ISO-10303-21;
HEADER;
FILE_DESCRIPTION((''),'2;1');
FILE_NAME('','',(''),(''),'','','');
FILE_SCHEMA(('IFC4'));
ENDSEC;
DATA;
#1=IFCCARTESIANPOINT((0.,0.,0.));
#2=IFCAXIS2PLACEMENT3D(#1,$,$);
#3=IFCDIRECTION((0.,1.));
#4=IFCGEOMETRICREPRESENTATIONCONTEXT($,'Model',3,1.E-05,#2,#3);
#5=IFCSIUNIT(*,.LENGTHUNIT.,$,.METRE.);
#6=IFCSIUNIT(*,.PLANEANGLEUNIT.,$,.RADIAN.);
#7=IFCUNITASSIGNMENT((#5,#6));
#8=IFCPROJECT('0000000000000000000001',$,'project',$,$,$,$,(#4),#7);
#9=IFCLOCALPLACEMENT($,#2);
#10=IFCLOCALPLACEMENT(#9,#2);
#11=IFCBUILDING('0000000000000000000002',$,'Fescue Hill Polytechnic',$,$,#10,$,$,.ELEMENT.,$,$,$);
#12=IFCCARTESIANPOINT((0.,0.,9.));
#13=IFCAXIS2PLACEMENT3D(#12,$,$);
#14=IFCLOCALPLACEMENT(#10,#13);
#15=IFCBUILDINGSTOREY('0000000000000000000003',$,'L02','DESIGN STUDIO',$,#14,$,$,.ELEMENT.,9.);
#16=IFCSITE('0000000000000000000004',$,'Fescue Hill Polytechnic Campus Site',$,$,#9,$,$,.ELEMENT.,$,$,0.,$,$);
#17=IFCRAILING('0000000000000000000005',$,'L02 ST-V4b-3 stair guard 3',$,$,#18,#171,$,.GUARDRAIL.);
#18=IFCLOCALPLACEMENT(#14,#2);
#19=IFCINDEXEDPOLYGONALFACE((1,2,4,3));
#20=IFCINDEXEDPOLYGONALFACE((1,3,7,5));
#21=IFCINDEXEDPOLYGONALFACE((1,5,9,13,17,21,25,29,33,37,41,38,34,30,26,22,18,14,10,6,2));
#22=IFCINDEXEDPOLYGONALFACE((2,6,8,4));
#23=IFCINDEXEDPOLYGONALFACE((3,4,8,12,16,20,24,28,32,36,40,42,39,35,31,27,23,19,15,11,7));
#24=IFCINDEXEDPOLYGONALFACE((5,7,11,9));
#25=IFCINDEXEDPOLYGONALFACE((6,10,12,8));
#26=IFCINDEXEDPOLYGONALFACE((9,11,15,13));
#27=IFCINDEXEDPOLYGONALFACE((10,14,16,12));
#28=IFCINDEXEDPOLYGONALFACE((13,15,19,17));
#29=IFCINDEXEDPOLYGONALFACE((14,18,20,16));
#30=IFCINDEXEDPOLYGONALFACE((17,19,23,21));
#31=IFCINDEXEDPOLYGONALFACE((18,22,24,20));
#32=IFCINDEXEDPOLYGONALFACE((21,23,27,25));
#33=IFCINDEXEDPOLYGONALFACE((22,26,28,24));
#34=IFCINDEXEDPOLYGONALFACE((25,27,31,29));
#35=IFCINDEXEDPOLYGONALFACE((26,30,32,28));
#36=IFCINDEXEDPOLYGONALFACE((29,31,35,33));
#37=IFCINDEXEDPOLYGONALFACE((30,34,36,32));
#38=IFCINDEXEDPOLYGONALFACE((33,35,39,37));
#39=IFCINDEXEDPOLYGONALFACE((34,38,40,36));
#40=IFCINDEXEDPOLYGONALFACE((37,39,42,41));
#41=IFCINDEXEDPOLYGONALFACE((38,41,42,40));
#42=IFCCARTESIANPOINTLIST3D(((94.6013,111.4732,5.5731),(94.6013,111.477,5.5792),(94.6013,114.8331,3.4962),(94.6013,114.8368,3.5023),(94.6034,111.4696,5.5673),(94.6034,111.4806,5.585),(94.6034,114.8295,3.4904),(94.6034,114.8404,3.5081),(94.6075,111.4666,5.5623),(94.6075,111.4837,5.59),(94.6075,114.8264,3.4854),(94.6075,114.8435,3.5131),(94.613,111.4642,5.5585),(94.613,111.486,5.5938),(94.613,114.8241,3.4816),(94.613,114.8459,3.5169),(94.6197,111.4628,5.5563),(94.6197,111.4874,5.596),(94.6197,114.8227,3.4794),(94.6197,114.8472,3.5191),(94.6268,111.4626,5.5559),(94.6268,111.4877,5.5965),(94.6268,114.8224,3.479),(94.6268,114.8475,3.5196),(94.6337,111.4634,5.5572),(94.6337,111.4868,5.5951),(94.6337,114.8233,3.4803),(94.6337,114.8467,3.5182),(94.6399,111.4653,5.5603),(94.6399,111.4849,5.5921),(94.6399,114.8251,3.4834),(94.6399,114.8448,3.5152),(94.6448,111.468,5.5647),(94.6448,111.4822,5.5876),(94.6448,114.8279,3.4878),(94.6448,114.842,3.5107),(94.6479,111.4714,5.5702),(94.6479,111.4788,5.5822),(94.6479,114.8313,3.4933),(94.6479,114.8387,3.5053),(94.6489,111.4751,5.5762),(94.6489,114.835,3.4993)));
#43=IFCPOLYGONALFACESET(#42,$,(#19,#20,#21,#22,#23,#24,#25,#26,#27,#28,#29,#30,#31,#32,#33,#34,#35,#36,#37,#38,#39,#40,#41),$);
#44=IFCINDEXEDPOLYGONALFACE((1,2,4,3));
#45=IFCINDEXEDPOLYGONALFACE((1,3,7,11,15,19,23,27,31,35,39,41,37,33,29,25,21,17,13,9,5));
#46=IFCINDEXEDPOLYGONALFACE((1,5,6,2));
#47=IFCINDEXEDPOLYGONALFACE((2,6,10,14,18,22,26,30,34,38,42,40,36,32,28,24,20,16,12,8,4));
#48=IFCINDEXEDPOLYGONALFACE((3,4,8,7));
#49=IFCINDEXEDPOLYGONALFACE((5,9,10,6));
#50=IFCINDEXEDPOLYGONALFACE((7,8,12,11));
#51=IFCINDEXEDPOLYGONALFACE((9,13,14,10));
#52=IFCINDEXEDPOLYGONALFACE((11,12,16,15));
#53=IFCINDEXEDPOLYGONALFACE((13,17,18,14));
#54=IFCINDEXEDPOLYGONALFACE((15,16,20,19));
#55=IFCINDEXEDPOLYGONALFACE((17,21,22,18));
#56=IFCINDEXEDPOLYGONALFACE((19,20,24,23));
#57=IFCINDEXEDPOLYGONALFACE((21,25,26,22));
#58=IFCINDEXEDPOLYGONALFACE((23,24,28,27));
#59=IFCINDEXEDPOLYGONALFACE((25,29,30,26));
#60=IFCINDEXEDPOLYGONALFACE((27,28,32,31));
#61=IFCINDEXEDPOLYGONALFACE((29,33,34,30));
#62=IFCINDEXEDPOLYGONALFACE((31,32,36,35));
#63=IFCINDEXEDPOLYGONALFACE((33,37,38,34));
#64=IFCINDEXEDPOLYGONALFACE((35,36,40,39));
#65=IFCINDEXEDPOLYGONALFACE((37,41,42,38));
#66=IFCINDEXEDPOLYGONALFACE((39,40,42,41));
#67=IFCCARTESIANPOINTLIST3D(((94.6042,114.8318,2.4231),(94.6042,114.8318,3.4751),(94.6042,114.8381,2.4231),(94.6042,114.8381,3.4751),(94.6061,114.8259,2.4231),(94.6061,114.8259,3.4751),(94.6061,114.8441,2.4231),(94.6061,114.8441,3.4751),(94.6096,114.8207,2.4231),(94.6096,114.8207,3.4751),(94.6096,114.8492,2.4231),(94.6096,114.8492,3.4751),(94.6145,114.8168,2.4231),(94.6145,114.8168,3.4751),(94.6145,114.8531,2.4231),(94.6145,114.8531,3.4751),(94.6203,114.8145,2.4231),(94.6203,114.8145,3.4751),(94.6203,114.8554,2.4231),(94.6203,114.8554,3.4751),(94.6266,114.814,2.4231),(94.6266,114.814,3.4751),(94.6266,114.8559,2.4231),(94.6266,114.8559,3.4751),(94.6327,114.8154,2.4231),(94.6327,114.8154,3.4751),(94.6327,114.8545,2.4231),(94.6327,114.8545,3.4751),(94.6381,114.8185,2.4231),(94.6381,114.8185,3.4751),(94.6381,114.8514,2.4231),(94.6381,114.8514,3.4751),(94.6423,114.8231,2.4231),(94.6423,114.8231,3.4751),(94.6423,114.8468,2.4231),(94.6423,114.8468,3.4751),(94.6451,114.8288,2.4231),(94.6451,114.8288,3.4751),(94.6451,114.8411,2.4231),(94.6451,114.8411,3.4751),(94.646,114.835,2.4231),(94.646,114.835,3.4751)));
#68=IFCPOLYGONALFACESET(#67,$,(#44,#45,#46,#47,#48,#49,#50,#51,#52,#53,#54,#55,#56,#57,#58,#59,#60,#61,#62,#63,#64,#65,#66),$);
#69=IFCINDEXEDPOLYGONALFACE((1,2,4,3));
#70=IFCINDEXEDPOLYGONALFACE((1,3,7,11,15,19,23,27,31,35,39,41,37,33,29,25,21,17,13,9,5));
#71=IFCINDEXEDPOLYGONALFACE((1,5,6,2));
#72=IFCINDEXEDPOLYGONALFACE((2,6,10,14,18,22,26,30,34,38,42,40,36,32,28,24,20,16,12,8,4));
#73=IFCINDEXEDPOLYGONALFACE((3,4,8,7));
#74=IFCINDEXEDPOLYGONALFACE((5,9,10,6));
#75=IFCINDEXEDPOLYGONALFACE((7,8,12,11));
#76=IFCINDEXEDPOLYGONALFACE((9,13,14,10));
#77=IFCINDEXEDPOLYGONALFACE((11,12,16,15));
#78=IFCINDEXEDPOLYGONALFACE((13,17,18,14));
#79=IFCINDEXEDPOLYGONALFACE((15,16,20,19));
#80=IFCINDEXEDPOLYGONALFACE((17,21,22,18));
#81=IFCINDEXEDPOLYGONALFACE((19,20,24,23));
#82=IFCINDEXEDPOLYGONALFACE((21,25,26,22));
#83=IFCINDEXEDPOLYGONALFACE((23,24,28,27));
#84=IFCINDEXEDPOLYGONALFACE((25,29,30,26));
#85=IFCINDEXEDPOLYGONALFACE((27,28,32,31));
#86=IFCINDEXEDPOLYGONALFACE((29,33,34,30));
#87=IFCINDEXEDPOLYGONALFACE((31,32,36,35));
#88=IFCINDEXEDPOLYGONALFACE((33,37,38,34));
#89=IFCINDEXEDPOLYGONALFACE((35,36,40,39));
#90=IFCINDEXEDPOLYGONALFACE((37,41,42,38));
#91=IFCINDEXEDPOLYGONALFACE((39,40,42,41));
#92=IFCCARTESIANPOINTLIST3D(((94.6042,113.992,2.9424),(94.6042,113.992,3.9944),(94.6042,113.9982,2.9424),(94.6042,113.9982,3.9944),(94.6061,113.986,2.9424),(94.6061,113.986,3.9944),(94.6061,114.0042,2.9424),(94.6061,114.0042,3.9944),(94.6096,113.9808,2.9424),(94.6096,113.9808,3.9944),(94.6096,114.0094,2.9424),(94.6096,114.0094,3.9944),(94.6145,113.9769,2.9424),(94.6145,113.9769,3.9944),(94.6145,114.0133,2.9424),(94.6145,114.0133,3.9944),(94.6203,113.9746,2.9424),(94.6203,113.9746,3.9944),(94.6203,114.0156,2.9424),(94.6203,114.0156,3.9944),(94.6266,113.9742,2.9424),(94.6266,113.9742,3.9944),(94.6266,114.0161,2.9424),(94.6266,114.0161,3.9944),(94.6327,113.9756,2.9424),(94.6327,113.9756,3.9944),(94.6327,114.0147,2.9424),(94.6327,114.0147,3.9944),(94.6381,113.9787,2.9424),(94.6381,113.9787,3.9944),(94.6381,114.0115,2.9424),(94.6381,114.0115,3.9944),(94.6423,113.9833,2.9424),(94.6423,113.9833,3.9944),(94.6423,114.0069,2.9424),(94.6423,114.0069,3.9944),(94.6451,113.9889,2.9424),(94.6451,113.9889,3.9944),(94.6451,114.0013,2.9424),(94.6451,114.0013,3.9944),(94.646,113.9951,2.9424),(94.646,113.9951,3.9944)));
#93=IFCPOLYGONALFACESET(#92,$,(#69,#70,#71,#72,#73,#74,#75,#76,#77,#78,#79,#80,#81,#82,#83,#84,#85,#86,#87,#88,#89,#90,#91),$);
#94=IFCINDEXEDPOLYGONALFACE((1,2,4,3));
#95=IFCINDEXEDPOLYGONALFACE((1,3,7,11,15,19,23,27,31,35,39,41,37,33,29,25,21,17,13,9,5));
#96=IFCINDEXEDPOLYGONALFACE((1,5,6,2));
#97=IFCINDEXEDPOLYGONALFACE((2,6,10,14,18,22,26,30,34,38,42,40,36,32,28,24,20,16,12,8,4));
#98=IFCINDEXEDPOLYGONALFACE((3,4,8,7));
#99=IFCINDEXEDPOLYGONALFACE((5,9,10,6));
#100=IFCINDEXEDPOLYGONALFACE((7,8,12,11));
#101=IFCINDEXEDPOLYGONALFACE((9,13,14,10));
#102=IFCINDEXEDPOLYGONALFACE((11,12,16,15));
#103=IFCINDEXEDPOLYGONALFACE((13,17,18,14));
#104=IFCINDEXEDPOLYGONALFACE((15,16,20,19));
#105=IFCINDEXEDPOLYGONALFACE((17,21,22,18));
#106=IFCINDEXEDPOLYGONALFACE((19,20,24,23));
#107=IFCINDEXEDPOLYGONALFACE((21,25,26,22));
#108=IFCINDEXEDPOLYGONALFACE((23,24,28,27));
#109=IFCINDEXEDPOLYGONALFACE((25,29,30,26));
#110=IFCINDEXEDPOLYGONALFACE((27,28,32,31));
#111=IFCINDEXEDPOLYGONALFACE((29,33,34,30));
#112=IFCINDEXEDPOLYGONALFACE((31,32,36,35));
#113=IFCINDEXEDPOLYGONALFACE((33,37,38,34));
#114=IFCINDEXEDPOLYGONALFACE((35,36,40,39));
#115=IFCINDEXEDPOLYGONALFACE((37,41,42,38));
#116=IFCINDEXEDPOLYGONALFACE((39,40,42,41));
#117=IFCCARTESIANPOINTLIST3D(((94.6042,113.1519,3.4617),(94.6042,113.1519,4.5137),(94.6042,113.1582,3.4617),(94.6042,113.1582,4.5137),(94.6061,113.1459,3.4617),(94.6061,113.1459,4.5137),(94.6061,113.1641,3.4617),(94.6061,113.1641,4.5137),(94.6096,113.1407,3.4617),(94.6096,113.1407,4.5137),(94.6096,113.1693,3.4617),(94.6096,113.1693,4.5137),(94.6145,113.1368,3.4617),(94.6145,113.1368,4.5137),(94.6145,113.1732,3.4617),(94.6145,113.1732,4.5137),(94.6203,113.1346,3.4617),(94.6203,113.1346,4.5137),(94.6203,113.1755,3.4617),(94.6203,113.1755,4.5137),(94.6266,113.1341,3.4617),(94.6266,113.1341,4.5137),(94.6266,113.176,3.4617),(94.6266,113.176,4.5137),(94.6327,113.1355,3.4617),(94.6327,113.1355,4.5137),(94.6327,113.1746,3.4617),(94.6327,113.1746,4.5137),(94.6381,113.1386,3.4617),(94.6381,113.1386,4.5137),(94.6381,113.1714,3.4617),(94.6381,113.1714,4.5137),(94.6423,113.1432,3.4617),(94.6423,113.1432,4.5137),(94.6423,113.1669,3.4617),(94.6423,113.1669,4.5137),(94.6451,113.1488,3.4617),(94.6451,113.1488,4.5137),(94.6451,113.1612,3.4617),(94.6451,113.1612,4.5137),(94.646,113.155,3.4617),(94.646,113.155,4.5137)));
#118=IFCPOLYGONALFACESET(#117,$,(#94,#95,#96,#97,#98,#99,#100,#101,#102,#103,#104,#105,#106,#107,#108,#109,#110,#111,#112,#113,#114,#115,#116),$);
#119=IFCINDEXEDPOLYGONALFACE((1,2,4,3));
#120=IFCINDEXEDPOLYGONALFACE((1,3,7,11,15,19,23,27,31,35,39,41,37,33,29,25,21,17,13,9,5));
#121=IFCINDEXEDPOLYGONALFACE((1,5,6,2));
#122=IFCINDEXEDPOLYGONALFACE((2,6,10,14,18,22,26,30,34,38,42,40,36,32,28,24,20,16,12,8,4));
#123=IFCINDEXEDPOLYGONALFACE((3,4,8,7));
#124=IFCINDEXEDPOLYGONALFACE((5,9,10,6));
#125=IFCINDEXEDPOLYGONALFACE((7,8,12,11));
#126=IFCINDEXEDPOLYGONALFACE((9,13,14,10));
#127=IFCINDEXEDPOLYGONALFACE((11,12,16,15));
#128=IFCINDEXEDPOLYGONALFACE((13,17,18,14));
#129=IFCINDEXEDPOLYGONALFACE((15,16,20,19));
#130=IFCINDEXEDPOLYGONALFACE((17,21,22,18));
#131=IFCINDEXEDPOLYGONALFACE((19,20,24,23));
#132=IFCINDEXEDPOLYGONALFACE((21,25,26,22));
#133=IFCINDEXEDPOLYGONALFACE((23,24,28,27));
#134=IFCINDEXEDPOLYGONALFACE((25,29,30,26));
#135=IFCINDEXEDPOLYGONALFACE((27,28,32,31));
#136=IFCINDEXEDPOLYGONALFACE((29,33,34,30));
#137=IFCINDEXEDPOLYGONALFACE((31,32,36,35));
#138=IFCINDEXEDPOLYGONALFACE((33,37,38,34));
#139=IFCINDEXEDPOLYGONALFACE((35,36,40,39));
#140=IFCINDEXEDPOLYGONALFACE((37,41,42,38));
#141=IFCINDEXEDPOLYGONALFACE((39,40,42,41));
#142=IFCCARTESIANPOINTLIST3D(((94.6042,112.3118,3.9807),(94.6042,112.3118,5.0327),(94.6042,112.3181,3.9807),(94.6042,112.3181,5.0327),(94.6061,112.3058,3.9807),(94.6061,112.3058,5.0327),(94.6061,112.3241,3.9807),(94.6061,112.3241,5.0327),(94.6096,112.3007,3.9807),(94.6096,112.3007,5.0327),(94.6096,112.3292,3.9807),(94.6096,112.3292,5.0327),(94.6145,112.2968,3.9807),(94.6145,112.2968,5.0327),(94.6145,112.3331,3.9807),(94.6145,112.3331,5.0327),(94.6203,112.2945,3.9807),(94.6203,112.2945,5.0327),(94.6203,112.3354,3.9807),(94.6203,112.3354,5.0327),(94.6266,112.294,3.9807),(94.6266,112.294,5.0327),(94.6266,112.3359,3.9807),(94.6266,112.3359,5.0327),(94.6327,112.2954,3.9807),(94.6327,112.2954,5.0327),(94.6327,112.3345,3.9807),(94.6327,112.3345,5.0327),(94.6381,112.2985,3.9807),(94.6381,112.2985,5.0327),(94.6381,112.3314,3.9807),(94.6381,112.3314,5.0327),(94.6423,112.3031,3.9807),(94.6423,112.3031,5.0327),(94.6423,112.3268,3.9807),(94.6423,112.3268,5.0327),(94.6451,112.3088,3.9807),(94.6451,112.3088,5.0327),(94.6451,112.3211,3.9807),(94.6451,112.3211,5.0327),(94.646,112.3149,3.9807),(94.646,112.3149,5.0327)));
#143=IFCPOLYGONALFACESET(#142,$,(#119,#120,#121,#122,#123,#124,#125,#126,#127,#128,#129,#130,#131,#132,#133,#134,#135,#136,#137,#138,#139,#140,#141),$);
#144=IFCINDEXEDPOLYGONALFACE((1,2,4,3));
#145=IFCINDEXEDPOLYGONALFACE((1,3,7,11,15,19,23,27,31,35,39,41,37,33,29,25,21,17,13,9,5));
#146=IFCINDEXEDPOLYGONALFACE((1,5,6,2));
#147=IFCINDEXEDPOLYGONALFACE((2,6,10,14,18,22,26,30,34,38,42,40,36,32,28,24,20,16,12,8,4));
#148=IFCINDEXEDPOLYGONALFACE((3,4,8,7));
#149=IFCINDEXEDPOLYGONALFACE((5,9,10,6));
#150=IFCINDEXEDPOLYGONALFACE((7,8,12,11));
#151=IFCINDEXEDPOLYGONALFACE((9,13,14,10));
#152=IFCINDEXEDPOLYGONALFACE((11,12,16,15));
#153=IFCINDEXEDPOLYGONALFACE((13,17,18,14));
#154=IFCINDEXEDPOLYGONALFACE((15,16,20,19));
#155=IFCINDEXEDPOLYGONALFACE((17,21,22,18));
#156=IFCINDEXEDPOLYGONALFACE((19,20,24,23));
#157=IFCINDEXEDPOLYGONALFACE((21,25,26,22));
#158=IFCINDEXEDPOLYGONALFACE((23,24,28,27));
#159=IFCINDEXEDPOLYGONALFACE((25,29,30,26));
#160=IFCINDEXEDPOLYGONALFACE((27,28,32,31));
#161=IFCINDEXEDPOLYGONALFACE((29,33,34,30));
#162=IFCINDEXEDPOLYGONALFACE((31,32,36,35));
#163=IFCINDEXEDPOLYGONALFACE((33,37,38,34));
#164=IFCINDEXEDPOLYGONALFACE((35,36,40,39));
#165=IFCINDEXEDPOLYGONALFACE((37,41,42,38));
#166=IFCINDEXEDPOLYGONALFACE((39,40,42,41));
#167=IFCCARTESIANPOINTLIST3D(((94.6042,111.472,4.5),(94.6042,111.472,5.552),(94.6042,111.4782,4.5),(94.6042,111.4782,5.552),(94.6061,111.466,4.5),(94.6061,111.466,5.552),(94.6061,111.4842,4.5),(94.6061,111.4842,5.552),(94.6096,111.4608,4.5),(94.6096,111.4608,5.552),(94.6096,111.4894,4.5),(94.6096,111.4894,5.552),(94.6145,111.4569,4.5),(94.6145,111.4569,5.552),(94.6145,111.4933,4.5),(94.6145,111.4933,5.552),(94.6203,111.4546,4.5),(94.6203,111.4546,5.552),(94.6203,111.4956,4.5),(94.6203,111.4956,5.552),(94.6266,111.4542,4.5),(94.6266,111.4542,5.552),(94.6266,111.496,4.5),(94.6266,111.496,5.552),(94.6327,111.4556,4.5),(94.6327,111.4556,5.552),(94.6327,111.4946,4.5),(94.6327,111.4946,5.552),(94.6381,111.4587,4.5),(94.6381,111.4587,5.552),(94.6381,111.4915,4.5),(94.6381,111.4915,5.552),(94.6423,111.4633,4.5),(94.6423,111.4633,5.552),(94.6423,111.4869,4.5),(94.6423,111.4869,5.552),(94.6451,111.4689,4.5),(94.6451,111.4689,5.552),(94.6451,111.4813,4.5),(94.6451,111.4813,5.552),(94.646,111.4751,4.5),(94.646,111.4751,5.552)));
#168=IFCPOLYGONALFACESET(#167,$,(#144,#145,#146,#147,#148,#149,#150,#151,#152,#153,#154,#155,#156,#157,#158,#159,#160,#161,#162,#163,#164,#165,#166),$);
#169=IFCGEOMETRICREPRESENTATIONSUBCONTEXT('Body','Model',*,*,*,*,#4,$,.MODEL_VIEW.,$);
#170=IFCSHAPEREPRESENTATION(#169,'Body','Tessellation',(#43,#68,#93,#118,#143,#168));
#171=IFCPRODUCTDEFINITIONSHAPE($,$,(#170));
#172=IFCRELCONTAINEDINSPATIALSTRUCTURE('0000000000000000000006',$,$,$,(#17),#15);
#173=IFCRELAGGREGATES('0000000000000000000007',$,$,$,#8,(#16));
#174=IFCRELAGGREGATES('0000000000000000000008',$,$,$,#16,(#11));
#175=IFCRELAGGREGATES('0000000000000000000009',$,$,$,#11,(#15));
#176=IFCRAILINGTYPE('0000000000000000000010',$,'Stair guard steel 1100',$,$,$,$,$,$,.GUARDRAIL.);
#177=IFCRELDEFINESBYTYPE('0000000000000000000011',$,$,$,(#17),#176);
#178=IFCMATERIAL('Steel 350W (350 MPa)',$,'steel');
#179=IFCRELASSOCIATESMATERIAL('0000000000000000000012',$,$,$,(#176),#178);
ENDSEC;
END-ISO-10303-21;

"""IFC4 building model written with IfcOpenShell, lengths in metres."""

from ifc_helpers import new_model, si_unit, direction, frame, origin, origin_2d, place, context, subcontext, project, spatial, circle, extrude, material, type_object, element, save


model = new_model("IFC4")

# Units and contexts
model_context = context("Model", 3, precision=1e-05, world=origin(), true_north=direction((0.0, 1.0)))
body_context = subcontext(model_context, "Body", "Model", "MODEL_VIEW")
ifc_project = project(units=[si_unit("LENGTHUNIT", "METRE"), si_unit("PLANEANGLEUNIT", "RADIAN")], contexts=[model_context])

# Site, building, storey
site_placement = place(None, origin())
site = spatial("IfcSite", under=ifc_project, at=site_placement, Name="Fescue Hill Polytechnic Campus Site", CompositionType="ELEMENT", RefElevation=0.0)
building_placement = place(site_placement, origin())
building = spatial("IfcBuilding", under=site, at=building_placement, Name="Fescue Hill Polytechnic", CompositionType="ELEMENT")
storey_placement = place(building_placement, frame((0.0, 0.0, 9.0)))
storey = spatial("IfcBuildingStorey", under=building, at=storey_placement, Name="L02", Description="DESIGN STUDIO", CompositionType="ELEMENT", Elevation=9.0)

# Railing
ifc_material_1 = material(Name="Steel 350W (350 MPa)", Category="steel")
railing_type_1 = type_object("IfcRailingType", Name="Stair guard steel 1100", PredefinedType="GUARDRAIL", material=ifc_material_1)
railing_1_placement = place(storey_placement, frame((94.625, 114.835, 2.4231)))
element("IfcRailing", 1, at=railing_1_placement, inside=storey, type_object=railing_type_1, Name="L02 ST-V4b-3 stair guard 3", PredefinedType="GUARDRAIL", context=body_context, shape_type="SweptSolid", body=[
    extrude(circle(Radius=0.0239, at=origin_2d()), frame((0.0, 0.0, 1.0762), z_axis=(0.0, -0.850606, 0.525803), x_axis=(1.0, 0.0, 0.0)), (0.0, 0.0, 1.0), 3.95),
    extrude(circle(Radius=0.021, at=origin_2d()), origin(), (0.0, 0.0, 1.0), 1.052),
    extrude(circle(Radius=0.021, at=origin_2d()), frame((0.0, -0.8398, 0.5193)), (0.0, 0.0, 1.0), 1.052),
    extrude(circle(Radius=0.021, at=origin_2d()), frame((0.0, -1.6799, 1.0386)), (0.0, 0.0, 1.0), 1.052),
    extrude(circle(Radius=0.021, at=origin_2d()), frame((0.0, -2.52, 1.5576)), (0.0, 0.0, 1.0), 1.052),
    extrude(circle(Radius=0.021, at=origin_2d()), frame((0.0, -3.3599, 2.0769)), (0.0, 0.0, 1.0), 1.052),
])

save(model, "model.ifc")
